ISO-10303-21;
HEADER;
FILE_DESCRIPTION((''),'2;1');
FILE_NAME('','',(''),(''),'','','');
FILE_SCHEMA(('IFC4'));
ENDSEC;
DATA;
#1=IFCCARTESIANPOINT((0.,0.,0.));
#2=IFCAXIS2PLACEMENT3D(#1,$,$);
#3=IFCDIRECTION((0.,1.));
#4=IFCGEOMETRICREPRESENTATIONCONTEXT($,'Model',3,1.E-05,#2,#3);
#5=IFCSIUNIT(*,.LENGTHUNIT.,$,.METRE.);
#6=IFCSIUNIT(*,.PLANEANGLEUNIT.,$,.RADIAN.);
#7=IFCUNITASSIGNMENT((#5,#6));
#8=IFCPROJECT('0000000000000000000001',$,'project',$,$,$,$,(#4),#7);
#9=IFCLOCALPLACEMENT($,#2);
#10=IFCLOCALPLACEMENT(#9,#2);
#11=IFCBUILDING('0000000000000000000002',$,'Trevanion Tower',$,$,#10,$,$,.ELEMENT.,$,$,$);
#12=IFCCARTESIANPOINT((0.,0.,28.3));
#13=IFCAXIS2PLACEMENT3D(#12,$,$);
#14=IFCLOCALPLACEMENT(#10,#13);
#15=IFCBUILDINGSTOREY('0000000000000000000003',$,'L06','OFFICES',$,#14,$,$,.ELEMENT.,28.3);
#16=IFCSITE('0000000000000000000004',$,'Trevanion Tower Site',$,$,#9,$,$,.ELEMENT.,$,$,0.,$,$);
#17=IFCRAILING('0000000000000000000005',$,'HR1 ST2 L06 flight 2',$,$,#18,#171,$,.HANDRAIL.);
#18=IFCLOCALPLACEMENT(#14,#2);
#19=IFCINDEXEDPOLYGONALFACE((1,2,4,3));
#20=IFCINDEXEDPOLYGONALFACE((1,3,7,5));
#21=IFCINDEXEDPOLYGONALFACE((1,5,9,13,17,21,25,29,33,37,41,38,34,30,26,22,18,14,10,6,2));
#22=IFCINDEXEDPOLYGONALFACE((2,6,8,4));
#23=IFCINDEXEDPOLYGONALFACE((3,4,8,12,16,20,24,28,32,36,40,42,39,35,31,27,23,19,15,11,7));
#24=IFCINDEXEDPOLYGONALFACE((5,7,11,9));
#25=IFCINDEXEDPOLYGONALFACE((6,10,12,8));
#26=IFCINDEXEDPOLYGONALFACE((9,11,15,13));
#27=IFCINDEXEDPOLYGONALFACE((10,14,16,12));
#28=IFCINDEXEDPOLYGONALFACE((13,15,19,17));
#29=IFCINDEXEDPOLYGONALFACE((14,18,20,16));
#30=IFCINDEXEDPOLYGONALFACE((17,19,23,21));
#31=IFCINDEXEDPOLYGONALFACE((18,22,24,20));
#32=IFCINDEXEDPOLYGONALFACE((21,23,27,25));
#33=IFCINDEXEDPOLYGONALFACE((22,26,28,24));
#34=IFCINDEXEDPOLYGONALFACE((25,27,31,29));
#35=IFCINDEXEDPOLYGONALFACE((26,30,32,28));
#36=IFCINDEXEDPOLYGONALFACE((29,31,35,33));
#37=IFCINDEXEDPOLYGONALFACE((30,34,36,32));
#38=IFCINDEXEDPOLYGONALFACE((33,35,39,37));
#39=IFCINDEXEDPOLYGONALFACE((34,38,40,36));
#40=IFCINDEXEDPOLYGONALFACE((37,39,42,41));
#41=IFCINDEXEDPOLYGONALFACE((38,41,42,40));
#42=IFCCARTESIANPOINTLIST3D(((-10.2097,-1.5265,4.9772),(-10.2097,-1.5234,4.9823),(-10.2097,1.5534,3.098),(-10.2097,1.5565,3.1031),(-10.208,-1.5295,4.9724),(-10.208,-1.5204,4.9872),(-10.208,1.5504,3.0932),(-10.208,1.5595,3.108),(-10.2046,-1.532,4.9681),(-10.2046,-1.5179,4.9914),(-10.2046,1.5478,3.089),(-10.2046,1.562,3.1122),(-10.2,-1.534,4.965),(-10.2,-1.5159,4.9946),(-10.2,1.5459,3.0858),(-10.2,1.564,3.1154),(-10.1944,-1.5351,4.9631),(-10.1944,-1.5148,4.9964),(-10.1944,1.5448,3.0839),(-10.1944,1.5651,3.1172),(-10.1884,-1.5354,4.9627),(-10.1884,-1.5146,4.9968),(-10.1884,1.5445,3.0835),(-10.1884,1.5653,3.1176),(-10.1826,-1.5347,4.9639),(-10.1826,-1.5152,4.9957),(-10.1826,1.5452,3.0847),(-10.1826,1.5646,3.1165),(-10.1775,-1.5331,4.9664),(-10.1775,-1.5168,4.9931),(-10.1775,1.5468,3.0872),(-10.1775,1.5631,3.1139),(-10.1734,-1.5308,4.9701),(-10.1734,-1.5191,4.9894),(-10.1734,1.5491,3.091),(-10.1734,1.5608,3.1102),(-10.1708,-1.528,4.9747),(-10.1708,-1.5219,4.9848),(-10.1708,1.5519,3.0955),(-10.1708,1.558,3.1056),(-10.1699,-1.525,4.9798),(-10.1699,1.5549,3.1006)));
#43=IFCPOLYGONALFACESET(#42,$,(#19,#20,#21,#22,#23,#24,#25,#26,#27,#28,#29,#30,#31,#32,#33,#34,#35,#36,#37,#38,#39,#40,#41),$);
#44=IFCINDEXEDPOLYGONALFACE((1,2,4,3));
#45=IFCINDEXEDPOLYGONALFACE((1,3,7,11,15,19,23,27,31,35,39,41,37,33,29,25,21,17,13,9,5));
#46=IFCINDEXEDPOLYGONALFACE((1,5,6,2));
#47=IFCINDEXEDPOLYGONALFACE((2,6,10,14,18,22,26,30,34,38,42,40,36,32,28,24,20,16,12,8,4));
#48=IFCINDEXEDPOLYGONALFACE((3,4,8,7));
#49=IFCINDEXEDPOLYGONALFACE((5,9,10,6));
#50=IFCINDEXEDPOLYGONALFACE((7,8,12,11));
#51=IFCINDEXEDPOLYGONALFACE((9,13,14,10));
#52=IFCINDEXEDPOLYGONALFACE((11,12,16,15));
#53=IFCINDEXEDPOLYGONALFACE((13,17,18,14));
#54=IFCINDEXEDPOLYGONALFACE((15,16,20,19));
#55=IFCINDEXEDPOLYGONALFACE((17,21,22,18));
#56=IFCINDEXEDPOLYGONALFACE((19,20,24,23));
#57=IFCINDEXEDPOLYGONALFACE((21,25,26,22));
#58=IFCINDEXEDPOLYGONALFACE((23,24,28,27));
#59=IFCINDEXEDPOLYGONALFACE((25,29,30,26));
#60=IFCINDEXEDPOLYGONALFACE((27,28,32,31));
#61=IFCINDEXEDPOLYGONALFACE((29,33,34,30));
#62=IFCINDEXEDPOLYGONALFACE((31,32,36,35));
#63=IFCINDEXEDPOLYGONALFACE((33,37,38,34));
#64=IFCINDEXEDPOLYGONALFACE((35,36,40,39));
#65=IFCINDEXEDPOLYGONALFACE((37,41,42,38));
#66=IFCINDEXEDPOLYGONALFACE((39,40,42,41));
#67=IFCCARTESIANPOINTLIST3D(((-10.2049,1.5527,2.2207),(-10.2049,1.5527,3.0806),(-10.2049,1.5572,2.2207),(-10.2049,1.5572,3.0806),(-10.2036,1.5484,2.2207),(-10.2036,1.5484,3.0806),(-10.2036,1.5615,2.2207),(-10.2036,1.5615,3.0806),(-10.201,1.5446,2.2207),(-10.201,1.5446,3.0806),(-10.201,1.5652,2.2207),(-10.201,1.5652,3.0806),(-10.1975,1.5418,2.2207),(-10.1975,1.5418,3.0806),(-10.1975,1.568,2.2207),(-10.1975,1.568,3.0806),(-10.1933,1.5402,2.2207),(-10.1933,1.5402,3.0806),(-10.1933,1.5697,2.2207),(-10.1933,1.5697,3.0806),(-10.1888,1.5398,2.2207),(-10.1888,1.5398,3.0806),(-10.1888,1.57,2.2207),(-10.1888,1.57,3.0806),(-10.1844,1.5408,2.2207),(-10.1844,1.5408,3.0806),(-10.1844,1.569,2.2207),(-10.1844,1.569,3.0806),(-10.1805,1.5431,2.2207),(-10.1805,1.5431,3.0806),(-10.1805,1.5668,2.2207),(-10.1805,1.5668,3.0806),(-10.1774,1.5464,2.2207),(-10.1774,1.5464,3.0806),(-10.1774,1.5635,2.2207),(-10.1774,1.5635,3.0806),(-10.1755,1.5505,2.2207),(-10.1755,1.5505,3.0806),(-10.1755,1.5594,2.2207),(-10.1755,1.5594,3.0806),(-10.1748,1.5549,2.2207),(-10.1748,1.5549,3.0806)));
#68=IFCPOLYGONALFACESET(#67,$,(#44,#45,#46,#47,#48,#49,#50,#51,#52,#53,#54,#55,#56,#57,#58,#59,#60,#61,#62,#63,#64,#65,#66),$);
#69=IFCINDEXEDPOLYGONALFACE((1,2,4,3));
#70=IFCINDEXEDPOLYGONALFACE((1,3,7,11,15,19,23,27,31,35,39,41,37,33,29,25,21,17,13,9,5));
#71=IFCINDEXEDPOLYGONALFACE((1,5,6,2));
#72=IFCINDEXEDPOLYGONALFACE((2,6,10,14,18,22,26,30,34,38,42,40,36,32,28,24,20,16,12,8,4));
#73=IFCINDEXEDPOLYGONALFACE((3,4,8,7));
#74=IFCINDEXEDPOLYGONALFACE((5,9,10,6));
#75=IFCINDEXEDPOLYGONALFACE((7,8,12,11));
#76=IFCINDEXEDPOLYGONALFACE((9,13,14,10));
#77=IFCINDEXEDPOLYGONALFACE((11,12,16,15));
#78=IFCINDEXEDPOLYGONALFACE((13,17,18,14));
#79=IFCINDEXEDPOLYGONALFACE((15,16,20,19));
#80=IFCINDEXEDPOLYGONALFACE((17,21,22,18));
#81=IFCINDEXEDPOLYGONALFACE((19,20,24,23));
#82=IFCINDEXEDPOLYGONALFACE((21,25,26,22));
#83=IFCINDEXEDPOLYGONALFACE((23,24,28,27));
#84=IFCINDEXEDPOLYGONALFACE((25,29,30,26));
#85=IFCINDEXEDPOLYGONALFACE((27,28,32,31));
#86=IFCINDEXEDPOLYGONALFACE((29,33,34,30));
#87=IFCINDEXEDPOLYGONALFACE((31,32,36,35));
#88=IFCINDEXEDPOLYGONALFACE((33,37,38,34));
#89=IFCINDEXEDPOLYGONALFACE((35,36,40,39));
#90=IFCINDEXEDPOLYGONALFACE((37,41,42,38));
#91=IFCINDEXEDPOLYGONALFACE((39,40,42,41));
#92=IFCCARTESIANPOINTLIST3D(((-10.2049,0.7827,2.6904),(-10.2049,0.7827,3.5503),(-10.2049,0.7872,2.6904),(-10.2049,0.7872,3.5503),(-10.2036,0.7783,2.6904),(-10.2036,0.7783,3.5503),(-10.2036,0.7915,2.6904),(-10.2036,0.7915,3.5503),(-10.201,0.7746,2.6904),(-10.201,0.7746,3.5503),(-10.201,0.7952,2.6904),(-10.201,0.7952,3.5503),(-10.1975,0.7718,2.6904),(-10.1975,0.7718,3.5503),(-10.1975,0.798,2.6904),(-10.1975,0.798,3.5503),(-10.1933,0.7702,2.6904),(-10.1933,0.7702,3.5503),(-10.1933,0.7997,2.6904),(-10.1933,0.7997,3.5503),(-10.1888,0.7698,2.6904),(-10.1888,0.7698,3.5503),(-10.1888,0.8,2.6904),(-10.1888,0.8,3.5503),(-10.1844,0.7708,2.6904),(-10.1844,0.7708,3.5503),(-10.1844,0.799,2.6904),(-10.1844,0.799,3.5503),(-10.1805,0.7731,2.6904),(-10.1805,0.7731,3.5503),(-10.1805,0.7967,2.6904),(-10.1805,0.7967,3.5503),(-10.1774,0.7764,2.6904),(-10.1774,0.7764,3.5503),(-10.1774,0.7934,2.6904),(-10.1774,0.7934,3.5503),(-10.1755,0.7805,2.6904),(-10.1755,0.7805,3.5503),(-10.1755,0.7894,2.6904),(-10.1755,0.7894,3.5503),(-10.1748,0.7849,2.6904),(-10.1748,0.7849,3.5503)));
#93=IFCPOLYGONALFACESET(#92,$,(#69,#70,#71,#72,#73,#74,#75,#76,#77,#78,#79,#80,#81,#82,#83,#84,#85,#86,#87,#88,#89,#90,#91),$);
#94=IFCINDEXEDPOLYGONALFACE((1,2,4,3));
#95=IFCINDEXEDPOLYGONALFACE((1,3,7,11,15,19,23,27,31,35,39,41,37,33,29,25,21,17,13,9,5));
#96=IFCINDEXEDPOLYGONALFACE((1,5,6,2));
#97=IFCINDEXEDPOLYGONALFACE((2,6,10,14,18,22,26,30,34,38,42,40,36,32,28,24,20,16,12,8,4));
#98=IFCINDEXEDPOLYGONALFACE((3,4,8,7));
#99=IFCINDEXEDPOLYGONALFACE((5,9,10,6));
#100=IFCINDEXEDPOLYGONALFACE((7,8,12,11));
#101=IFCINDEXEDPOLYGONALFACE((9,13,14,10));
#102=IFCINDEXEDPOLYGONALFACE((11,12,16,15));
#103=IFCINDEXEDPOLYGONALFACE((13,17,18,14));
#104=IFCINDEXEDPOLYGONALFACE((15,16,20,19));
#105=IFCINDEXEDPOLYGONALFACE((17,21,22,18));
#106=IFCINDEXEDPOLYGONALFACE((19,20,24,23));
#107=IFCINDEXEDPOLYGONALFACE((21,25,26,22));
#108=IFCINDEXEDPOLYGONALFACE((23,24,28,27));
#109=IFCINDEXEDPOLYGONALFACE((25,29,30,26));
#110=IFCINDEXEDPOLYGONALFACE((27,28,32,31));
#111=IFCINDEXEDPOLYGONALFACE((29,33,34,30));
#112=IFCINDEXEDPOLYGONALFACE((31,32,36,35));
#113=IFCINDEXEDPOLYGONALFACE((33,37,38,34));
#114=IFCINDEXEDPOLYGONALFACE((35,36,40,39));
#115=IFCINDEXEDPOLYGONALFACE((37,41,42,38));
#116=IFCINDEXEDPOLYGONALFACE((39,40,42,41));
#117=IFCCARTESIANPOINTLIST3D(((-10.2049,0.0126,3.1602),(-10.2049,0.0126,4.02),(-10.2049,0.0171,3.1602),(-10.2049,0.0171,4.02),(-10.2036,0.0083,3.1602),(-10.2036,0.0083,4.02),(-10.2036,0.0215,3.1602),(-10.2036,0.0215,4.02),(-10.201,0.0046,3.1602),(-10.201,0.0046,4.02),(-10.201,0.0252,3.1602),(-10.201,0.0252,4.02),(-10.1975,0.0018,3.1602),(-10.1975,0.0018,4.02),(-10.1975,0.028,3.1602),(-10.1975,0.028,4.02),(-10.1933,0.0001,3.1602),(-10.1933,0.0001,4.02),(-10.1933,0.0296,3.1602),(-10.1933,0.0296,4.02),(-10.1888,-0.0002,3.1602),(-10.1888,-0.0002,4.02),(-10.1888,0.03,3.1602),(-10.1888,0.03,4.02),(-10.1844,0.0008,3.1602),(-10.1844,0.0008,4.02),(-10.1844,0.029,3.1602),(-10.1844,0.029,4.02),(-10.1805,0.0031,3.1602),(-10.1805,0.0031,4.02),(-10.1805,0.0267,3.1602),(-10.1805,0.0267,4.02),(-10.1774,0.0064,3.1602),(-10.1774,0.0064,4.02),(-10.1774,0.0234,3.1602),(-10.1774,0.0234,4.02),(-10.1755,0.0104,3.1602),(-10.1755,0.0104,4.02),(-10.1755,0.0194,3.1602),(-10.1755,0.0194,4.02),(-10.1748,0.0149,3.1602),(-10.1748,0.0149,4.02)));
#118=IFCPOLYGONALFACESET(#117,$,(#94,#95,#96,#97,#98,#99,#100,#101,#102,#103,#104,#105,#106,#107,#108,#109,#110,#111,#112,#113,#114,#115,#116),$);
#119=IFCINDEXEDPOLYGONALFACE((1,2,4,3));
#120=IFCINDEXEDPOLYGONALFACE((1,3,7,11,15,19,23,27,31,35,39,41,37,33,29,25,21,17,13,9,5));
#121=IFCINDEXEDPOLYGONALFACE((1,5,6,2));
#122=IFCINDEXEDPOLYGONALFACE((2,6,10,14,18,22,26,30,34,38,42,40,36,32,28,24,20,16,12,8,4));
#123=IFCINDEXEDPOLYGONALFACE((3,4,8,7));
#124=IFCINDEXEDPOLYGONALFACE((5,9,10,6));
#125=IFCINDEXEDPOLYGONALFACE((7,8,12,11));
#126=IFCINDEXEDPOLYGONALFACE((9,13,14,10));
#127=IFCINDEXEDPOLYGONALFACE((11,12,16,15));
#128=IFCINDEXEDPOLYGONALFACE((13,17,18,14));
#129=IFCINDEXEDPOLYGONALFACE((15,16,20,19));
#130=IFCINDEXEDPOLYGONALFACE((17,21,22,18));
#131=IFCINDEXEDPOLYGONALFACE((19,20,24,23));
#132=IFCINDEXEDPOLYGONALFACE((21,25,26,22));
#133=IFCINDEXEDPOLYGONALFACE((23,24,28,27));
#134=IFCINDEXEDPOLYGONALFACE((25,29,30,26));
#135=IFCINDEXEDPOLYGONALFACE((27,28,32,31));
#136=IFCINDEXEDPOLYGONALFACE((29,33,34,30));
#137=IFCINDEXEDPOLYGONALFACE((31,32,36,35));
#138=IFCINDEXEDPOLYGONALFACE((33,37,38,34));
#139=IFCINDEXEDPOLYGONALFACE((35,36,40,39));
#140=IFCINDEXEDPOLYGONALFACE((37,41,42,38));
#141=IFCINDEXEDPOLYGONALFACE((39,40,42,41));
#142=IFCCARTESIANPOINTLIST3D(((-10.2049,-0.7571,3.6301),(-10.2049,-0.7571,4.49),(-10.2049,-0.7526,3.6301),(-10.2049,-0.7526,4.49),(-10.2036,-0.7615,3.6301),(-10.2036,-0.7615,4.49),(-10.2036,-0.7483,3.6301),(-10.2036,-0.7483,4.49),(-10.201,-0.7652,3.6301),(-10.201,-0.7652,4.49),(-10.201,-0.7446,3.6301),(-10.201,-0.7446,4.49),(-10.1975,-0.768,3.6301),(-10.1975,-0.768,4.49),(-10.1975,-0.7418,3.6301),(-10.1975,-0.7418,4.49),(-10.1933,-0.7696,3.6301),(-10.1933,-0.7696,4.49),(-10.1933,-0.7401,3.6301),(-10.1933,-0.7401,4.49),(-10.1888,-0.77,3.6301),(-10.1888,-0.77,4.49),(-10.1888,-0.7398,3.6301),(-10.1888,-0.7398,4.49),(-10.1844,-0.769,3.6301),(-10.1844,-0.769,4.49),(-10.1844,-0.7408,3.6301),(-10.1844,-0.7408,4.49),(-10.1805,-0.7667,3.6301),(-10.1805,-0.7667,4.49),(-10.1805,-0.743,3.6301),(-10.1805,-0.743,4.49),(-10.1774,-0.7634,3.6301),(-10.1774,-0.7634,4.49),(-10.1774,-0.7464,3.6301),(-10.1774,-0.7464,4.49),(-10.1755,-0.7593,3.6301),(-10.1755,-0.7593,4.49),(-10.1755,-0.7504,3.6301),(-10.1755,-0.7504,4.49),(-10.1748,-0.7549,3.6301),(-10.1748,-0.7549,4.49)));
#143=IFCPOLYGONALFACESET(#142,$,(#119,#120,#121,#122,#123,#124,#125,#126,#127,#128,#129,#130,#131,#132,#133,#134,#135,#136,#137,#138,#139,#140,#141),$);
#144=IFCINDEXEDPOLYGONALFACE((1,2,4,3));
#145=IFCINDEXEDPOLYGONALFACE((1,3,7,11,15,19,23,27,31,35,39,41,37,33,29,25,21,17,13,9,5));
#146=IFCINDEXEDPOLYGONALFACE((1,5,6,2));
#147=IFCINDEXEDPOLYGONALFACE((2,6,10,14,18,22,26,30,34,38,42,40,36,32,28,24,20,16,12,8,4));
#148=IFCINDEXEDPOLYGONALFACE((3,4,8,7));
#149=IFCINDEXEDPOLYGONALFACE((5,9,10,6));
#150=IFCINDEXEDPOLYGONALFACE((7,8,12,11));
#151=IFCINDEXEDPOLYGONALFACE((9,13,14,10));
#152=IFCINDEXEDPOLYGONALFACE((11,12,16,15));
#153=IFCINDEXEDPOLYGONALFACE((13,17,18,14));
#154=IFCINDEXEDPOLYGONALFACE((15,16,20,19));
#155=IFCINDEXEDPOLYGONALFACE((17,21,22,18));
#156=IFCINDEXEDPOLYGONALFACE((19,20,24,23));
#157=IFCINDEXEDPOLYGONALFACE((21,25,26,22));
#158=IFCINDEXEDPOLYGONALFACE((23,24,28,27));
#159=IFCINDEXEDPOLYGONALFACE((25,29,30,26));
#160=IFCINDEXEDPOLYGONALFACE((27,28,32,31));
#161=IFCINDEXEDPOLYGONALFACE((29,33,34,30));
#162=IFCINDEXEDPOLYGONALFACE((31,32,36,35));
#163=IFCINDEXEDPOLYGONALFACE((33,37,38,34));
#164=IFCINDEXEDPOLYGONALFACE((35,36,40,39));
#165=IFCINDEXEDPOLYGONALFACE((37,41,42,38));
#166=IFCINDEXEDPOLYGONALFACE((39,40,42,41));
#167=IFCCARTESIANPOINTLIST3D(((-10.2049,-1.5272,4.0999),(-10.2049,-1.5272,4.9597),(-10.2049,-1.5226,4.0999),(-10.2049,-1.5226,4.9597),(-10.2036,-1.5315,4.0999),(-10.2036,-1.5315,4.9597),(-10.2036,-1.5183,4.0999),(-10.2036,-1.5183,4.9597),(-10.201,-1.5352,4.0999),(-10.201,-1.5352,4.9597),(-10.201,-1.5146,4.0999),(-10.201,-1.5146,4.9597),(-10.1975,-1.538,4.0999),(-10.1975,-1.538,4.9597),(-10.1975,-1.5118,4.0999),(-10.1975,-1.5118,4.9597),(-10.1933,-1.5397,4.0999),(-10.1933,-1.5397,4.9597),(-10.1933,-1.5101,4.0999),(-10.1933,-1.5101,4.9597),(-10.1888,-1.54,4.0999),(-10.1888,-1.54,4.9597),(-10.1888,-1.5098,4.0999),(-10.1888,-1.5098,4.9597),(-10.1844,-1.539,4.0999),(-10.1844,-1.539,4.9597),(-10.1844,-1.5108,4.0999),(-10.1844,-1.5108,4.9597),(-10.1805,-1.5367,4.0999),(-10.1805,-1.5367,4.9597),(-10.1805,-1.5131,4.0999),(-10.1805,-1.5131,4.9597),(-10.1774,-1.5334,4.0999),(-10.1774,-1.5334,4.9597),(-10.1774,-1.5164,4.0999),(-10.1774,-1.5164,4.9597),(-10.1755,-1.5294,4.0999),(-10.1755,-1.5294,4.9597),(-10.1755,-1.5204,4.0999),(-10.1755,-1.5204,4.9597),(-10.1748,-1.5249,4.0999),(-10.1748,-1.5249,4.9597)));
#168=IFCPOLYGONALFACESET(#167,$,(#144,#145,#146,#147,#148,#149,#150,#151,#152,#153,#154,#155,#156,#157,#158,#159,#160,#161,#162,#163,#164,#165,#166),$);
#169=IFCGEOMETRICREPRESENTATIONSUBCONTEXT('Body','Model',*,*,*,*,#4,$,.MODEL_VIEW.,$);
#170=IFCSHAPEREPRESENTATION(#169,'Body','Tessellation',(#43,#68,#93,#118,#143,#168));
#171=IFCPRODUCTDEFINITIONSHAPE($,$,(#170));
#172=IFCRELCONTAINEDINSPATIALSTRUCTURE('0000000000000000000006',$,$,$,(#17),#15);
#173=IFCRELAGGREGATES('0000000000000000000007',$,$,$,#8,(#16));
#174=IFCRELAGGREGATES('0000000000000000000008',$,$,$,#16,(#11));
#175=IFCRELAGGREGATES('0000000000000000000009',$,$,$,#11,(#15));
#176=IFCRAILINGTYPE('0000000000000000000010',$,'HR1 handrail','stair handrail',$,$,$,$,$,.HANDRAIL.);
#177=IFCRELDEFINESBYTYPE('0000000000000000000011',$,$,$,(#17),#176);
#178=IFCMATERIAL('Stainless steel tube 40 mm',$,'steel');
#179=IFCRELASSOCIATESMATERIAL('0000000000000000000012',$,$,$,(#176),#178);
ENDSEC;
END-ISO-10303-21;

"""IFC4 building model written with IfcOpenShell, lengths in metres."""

from ifc_helpers import new_model, si_unit, direction, frame, origin, origin_2d, place, context, subcontext, project, spatial, circle, extrude, material, type_object, element, save


model = new_model("IFC4")

# Units and contexts
model_context = context("Model", 3, precision=1e-05, world=origin(), true_north=direction((0.0, 1.0)))
body_context = subcontext(model_context, "Body", "Model", "MODEL_VIEW")
ifc_project = project(units=[si_unit("LENGTHUNIT", "METRE"), si_unit("PLANEANGLEUNIT", "RADIAN")], contexts=[model_context])

# Site, building, storey
site_placement = place(None, origin())
site = spatial("IfcSite", under=ifc_project, at=site_placement, Name="Trevanion Tower Site", CompositionType="ELEMENT", RefElevation=0.0)
building_placement = place(site_placement, origin())
building = spatial("IfcBuilding", under=site, at=building_placement, Name="Trevanion Tower", CompositionType="ELEMENT")
storey_placement = place(building_placement, frame((0.0, 0.0, 28.3)))
storey = spatial("IfcBuildingStorey", under=building, at=storey_placement, Name="L06", Description="OFFICES", CompositionType="ELEMENT", Elevation=28.3)

# Railing
ifc_material_1 = material(Name="Stainless steel tube 40 mm", Category="steel")
railing_type = type_object("IfcRailingType", Name="HR1 handrail", Description="stair handrail", PredefinedType="HANDRAIL", material=ifc_material_1)
for number, where, name in (
    (1, (-10.1899, 1.5549, 2.2207), "HR1 ST2 L06 flight 2"),
):
    element("IfcRailing", number, at=place(storey_placement, frame(where)), inside=storey, type_object=railing_type, Name=name, PredefinedType="HANDRAIL", context=body_context, shape_type="SweptSolid", body=[
        extrude(circle(Radius=0.02, at=origin_2d()), frame((0.0, 0.0, 0.8799), z_axis=(0.0, -0.853648, 0.52085), x_axis=(1.0, 0.0, 0.0)), (0.0, 0.0, 1.0), 3.6079),
        extrude(circle(Radius=0.0151, at=origin_2d()), origin(), (0.0, 0.0, 1.0), 0.8599),
        extrude(circle(Radius=0.0151, at=origin_2d()), frame((0.0, -0.77, 0.4697)), (0.0, 0.0, 1.0), 0.8599),
        extrude(circle(Radius=0.0151, at=origin_2d()), frame((0.0, -1.54, 0.9395)), (0.0, 0.0, 1.0), 0.8599),
        extrude(circle(Radius=0.0151, at=origin_2d()), frame((0.0, -2.3098, 1.4094)), (0.0, 0.0, 1.0), 0.8599),
        extrude(circle(Radius=0.0151, at=origin_2d()), frame((0.0, -3.0798, 1.8792)), (0.0, 0.0, 1.0), 0.8599),
    ])

save(model, "model.ifc")
